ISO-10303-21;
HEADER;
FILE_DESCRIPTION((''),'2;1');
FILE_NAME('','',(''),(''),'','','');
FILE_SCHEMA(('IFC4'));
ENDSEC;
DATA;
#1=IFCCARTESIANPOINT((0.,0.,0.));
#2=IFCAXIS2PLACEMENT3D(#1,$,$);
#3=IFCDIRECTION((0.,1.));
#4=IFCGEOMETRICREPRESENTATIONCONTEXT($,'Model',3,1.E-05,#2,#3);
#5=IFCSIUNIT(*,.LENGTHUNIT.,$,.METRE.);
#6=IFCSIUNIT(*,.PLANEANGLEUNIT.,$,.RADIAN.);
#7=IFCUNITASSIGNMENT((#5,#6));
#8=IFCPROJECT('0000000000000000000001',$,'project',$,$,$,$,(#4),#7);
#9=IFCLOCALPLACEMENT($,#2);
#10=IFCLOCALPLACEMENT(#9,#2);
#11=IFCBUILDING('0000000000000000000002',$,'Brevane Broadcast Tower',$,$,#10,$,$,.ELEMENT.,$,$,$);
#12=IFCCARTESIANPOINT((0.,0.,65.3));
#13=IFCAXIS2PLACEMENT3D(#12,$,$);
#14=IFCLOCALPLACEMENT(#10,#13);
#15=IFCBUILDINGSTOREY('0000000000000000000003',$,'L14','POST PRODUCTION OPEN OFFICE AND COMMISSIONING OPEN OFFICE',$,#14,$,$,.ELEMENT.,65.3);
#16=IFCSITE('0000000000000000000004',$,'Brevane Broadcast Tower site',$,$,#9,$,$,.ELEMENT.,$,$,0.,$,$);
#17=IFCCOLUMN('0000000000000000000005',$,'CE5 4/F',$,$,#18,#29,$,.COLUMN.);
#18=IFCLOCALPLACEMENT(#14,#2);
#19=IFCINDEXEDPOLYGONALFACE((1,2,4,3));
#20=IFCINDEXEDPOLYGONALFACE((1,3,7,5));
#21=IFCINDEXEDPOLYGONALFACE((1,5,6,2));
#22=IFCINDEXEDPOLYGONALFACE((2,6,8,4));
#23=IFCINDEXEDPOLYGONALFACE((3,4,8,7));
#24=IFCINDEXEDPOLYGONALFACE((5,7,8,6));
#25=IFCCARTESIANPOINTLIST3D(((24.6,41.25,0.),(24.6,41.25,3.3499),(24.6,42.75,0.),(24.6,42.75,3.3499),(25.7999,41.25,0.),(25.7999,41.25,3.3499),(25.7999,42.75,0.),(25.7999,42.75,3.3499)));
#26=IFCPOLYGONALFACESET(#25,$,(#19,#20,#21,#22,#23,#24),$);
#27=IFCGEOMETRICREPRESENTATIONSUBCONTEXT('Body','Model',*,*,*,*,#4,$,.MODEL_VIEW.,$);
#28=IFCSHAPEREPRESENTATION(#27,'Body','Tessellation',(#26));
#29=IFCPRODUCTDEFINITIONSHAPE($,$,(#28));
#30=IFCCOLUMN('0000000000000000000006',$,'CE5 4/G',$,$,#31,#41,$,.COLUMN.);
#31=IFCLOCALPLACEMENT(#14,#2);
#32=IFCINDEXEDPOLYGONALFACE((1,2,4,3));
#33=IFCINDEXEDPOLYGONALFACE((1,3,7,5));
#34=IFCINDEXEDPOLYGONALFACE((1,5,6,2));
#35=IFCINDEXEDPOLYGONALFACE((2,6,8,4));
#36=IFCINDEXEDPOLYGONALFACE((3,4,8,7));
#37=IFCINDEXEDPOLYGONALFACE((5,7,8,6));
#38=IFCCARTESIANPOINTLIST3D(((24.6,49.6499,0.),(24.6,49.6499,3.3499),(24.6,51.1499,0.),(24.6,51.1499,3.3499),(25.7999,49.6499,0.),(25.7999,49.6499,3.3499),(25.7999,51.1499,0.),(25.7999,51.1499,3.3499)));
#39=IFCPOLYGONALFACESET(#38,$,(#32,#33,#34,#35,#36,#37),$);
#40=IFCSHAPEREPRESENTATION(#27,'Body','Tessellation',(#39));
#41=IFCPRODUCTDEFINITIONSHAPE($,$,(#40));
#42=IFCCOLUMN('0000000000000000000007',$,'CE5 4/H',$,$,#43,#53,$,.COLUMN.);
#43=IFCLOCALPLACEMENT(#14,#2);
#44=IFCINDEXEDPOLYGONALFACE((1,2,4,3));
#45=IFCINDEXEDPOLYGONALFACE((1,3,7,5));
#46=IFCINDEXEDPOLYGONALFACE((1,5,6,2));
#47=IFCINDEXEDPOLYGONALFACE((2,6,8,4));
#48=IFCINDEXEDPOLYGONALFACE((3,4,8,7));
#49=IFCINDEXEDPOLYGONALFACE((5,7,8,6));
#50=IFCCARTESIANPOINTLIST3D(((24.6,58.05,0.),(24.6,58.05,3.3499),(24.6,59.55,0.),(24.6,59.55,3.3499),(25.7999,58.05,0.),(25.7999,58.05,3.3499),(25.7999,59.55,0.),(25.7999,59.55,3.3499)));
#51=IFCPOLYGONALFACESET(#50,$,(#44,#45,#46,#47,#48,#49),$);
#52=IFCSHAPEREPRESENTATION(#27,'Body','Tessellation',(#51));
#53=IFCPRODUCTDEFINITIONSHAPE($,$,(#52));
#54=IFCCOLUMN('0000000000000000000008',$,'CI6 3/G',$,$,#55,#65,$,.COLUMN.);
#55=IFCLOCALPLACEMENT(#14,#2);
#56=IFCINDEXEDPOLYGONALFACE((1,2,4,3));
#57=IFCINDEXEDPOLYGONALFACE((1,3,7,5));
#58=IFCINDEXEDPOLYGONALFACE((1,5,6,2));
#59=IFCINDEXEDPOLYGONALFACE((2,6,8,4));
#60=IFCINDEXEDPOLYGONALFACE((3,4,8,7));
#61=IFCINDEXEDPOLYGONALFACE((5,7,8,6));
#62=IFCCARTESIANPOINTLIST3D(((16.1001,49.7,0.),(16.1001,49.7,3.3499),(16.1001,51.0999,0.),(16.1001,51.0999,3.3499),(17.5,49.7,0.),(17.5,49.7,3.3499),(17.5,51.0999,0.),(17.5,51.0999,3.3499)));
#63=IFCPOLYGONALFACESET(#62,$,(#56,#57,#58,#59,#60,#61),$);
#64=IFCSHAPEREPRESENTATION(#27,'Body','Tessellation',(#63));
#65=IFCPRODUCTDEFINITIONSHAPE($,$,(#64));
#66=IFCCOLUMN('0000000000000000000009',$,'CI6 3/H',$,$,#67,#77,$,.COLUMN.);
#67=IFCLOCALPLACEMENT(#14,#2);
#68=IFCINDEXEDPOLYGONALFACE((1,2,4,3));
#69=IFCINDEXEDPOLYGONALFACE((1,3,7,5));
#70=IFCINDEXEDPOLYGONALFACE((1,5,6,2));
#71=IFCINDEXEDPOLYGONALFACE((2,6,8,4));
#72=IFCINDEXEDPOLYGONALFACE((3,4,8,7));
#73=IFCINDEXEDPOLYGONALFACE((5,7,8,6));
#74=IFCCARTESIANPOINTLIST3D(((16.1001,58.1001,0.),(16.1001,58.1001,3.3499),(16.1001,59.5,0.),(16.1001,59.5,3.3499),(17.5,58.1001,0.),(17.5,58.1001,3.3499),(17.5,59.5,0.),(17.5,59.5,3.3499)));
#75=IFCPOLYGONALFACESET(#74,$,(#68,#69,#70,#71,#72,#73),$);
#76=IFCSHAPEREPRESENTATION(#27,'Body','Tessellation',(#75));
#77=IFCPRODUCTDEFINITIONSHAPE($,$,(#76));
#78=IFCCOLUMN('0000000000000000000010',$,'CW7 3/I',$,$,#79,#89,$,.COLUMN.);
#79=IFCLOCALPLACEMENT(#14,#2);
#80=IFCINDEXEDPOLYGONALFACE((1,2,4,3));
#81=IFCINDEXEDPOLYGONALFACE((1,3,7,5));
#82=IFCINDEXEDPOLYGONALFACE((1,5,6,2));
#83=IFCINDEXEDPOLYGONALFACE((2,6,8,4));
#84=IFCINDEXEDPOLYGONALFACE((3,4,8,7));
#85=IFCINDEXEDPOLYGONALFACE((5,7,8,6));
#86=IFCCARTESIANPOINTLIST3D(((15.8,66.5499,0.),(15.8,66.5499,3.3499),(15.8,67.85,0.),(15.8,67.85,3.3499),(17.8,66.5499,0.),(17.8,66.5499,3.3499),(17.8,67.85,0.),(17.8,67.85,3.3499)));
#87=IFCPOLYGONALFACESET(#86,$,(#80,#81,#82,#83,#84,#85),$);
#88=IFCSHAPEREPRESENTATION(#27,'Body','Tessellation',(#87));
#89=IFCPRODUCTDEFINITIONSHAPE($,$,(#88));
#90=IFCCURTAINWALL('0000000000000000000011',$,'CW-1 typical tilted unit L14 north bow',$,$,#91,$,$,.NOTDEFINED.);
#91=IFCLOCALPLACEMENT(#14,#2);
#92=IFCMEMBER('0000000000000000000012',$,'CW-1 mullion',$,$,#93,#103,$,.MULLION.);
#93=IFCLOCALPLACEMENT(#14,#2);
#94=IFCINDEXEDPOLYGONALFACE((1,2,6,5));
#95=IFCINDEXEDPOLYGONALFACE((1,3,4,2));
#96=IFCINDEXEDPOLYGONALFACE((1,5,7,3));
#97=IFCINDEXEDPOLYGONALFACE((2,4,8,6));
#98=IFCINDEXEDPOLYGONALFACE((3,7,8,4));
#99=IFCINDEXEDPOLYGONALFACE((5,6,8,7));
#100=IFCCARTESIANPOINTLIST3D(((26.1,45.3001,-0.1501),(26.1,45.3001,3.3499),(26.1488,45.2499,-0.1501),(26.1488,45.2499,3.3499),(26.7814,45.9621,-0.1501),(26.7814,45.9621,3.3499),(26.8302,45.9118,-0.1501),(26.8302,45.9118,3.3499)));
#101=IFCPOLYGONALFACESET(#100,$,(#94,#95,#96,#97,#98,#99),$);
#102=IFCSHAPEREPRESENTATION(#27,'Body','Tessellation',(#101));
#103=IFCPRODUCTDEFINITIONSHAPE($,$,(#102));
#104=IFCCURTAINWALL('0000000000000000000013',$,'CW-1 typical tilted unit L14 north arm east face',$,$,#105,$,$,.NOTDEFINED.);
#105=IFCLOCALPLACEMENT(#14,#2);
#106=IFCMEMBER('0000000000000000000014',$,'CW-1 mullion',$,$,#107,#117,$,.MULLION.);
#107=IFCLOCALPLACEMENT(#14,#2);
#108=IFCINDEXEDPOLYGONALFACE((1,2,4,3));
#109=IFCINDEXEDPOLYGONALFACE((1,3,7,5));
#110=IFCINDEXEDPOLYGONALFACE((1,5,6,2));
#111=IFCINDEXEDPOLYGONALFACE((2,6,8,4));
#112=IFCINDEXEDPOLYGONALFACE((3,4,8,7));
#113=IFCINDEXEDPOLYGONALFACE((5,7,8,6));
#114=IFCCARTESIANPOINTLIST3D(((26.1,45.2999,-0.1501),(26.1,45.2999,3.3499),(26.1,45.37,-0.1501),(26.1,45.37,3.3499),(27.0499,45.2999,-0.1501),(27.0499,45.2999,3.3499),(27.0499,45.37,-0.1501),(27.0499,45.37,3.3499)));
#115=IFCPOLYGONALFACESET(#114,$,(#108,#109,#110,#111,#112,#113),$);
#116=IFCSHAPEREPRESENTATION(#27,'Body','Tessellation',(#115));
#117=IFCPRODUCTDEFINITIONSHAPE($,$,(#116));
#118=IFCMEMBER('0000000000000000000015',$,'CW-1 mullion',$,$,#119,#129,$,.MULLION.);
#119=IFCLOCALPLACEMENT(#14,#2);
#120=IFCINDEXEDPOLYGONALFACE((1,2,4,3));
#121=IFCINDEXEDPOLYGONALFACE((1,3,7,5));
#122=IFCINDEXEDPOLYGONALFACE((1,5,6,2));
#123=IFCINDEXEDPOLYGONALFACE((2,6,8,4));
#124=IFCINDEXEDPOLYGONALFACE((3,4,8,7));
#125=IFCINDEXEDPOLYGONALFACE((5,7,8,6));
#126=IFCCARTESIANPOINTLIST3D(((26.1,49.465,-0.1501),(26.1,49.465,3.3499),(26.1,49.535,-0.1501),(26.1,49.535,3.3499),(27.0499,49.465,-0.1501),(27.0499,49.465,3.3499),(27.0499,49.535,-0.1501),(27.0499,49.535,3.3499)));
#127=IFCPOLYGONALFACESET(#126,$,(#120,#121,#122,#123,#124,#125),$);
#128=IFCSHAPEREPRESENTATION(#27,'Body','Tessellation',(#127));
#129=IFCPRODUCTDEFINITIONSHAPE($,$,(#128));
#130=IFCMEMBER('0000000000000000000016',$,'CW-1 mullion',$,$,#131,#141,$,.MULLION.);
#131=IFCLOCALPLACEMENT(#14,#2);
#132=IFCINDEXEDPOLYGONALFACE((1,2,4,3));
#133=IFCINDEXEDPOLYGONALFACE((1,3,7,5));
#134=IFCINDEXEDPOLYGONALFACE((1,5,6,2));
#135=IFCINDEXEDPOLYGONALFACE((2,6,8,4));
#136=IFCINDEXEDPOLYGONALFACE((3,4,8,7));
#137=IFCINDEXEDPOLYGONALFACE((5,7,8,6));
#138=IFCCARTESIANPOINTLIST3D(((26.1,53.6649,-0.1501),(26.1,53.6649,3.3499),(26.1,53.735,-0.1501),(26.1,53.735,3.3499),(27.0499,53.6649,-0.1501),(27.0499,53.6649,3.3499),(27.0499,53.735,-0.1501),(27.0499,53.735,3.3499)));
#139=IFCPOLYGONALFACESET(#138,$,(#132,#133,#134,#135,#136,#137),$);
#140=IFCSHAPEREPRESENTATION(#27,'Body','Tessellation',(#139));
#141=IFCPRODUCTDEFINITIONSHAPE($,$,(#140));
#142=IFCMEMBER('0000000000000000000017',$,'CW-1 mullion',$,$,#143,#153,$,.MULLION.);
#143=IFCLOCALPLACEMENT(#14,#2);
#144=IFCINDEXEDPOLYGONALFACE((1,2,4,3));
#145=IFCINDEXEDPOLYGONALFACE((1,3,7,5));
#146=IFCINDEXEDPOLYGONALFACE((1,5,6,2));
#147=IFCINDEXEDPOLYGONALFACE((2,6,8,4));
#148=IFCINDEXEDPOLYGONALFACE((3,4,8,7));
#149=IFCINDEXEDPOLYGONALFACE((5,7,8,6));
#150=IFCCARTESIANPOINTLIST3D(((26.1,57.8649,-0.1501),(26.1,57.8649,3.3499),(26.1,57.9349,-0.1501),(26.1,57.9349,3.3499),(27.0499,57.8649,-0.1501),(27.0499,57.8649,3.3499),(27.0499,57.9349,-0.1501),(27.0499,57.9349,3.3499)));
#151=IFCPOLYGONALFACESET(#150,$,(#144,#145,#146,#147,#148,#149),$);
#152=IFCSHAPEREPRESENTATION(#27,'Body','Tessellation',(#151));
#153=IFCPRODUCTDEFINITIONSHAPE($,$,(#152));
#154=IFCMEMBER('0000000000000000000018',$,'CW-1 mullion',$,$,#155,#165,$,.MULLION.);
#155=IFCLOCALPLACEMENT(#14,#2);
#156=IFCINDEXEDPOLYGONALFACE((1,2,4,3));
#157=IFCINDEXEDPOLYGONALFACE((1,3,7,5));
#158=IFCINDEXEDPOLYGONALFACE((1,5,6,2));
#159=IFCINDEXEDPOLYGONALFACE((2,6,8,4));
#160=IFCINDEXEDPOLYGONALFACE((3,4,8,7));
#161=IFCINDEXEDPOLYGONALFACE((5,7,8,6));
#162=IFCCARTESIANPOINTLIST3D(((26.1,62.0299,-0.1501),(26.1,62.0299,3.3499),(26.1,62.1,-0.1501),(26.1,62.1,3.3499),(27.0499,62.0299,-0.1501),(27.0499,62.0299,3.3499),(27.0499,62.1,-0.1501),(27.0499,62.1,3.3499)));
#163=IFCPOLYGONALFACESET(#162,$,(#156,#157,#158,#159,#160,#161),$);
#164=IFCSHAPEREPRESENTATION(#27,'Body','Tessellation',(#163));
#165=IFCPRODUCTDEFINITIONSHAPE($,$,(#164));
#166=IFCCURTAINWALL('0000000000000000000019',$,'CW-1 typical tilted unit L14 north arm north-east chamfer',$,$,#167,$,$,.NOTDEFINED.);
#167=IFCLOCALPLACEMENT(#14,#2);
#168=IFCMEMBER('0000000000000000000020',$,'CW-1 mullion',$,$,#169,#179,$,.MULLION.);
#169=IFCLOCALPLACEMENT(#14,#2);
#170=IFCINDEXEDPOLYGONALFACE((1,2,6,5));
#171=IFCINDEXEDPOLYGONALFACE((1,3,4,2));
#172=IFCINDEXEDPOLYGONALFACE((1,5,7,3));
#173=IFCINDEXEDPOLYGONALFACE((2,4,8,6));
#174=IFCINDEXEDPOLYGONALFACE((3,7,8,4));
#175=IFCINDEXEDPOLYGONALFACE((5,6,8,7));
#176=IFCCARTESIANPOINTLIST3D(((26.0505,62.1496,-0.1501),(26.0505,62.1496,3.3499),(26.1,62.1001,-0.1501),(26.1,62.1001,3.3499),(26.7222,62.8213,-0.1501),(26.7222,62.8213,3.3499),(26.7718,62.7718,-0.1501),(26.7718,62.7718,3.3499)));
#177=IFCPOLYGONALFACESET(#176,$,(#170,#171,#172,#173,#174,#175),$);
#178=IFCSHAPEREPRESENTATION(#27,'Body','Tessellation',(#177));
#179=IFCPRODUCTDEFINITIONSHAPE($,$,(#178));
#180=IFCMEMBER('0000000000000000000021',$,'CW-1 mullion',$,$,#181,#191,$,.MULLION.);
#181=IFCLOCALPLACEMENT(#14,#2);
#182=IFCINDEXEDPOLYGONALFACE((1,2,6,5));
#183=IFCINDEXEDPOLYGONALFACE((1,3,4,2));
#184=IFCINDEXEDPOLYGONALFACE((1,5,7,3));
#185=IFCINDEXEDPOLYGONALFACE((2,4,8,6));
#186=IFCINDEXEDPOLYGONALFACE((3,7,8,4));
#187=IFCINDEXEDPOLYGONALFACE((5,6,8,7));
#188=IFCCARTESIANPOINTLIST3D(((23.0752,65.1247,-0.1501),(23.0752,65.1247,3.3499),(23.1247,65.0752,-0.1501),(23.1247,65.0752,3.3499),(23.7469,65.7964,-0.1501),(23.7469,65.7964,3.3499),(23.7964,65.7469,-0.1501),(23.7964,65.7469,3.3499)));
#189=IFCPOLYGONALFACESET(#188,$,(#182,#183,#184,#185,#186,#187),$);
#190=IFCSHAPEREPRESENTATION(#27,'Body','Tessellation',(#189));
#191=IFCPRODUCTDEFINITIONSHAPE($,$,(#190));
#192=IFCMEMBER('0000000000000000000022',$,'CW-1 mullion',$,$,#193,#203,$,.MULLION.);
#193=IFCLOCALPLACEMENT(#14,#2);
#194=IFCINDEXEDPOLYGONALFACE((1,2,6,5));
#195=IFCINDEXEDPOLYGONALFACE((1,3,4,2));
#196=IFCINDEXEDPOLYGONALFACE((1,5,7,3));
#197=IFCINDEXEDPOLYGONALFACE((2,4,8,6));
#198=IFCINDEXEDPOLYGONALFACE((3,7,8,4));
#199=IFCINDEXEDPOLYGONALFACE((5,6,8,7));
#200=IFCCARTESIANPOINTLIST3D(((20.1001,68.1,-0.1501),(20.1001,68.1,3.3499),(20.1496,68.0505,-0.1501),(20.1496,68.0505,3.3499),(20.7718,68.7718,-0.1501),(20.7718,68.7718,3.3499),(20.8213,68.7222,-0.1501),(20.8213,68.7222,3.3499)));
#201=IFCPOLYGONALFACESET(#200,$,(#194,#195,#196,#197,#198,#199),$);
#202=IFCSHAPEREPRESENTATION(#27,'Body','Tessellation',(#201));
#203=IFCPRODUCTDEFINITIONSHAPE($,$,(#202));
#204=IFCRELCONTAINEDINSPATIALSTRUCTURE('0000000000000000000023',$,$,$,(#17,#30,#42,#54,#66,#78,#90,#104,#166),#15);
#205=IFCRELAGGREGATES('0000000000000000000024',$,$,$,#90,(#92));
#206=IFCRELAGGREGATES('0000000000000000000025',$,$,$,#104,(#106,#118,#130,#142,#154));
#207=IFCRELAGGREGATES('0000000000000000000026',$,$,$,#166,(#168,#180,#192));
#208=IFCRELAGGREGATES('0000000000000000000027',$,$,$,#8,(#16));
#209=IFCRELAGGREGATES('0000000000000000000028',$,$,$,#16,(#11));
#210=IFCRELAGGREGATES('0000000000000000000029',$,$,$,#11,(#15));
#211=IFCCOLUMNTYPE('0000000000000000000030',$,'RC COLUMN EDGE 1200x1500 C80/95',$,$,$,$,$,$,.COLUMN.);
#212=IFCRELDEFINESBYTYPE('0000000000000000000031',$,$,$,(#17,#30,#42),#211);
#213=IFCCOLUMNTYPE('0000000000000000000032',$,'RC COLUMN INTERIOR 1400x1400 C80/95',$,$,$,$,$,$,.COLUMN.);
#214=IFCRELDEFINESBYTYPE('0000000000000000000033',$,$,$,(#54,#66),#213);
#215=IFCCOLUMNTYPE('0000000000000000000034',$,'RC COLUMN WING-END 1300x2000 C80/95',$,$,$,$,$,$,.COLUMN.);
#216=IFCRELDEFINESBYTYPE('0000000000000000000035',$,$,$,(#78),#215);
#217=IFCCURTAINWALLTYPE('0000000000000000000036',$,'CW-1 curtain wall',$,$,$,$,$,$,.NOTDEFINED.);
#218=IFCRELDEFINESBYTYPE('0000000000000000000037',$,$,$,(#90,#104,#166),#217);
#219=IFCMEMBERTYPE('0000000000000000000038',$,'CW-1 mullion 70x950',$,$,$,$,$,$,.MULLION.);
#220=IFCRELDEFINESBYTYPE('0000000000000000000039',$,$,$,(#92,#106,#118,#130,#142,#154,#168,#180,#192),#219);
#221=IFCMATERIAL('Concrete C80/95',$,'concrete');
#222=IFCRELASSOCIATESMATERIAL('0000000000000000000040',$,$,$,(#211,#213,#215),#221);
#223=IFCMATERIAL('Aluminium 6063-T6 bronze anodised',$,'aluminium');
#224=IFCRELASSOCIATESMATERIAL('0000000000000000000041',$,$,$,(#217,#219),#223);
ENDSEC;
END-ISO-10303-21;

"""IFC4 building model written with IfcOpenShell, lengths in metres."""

from ifc_helpers import new_model, si_unit, direction, frame, origin, origin_2d, place, context, subcontext, project, spatial, rectangle, extrude, material, material_profile, profile_set, type_object, element, aggregate, save


model = new_model("IFC4")

# Units and contexts
model_context = context("Model", 3, precision=1e-05, world=origin(), true_north=direction((0.0, 1.0)))
body_context = subcontext(model_context, "Body", "Model", "MODEL_VIEW")
ifc_project = project(units=[si_unit("LENGTHUNIT", "METRE"), si_unit("PLANEANGLEUNIT", "RADIAN")], contexts=[model_context])

# Site, building, storey
site_placement = place(None, origin())
site = spatial("IfcSite", under=ifc_project, at=site_placement, Name="Brevane Broadcast Tower site", CompositionType="ELEMENT", RefElevation=0.0)
building_placement = place(site_placement, origin())
building = spatial("IfcBuilding", under=site, at=building_placement, Name="Brevane Broadcast Tower", CompositionType="ELEMENT")
storey_placement = place(building_placement, frame((0.0, 0.0, 65.3)))
storey = spatial("IfcBuildingStorey", under=building, at=storey_placement, Name="L14", Description="POST PRODUCTION OPEN OFFICE AND COMMISSIONING OPEN OFFICE", CompositionType="ELEMENT", Elevation=65.3)

# Columns
ifc_material_1 = material(Name="Concrete C80/95", Category="concrete")
ifc_material_profile_1 = material_profile(ifc_material_1, rectangle(XDim=1.2, YDim=1.5, at=origin_2d()), Name="RC 1200x1500")
ifc_profile_set_1 = profile_set([ifc_material_profile_1], Name="Concrete C80/95")
column_type_1 = type_object("IfcColumnType", Name="RC COLUMN EDGE 1200x1500 C80/95", PredefinedType="COLUMN", material=ifc_profile_set_1)
for number, where, z_axis, x_axis, name in (
    (1, (25.2, 42.0, 0.0), (0.0, 0.0, 1.0), (1.0, 0.0, 0.0), "CE5 4/F"),
    (2, (25.2, 50.3999, 0.0), (0.0, 0.0, 1.0), (1.0, 0.0, 0.0), "CE5 4/G"),
    (3, (25.2, 58.8, 0.0), (0.0, 0.0, 1.0), (1.0, 0.0, 0.0), "CE5 4/H"),
):
    element("IfcColumn", number, at=place(storey_placement, frame(where, z_axis=z_axis, x_axis=x_axis)), inside=storey, type_object=column_type_1, Name=name, PredefinedType="COLUMN", context=body_context, shape_type="SweptSolid", body=[
        extrude(rectangle(XDim=1.2, YDim=1.5, at=origin_2d()), origin(), (0.0, 0.0, 1.0), 3.3499),
    ])
ifc_material_profile_2 = material_profile(ifc_material_1, rectangle(XDim=1.3999, YDim=1.3999, at=origin_2d()), Name="RC 1400x1400")
ifc_profile_set_2 = profile_set([ifc_material_profile_2], Name="Concrete C80/95")
column_type_2 = type_object("IfcColumnType", Name="RC COLUMN INTERIOR 1400x1400 C80/95", PredefinedType="COLUMN", material=ifc_profile_set_2)
for number, where, z_axis, x_axis, name in (
    (4, (16.8, 50.3999, 0.0), (0.0, 0.0, 1.0), (1.0, 0.0, 0.0), "CI6 3/G"),
    (5, (16.8, 58.8, 0.0), (0.0, 0.0, 1.0), (1.0, 0.0, 0.0), "CI6 3/H"),
):
    element("IfcColumn", number, at=place(storey_placement, frame(where, z_axis=z_axis, x_axis=x_axis)), inside=storey, type_object=column_type_2, Name=name, PredefinedType="COLUMN", context=body_context, shape_type="SweptSolid", body=[
        extrude(rectangle(XDim=1.3999, YDim=1.3999, at=origin_2d()), origin(), (0.0, 0.0, 1.0), 3.3499),
    ])
ifc_material_profile_3 = material_profile(ifc_material_1, rectangle(XDim=1.3, YDim=2.0, at=origin_2d()), Name="RC 1300x2000")
ifc_profile_set_3 = profile_set([ifc_material_profile_3], Name="Concrete C80/95")
column_type_3 = type_object("IfcColumnType", Name="RC COLUMN WING-END 1300x2000 C80/95", PredefinedType="COLUMN", material=ifc_profile_set_3)
column_placement = place(storey_placement, frame((16.8, 67.2, 0.0), z_axis=(0.0, 0.0, 1.0), x_axis=(0.0, 1.0, 0.0)))
element("IfcColumn", 6, at=column_placement, inside=storey, type_object=column_type_3, Name="CW7 3/I", PredefinedType="COLUMN", context=body_context, shape_type="SweptSolid", body=[
    extrude(rectangle(XDim=1.3, YDim=2.0, at=origin_2d()), origin(), (0.0, 0.0, 1.0), 3.3499),
])

# Curtain wall, member
ifc_material_2 = material(Name="Aluminium 6063-T6 bronze anodised", Category="aluminium")
curtain_wall_type = type_object("IfcCurtainWallType", Name="CW-1 curtain wall", PredefinedType="NOTDEFINED", material=ifc_material_2)
curtain_wall_1_placement = place(storey_placement, origin())
curtain_wall_1 = element("IfcCurtainWall", 7, at=curtain_wall_1_placement, inside=storey, type_object=curtain_wall_type, Name="CW-1 typical tilted unit L14 north bow", PredefinedType="NOTDEFINED")
ifc_material_profile_4 = material_profile(ifc_material_2, rectangle(XDim=0.95, YDim=0.0701, at=origin_2d()), Name="RECT 70x950")
ifc_profile_set_4 = profile_set([ifc_material_profile_4], Name="Aluminium 6063-T6 bronze anodised")
member_type_1 = type_object("IfcMemberType", Name="CW-1 mullion 70x950", PredefinedType="MULLION", material=ifc_profile_set_4)
member_1_placement = place(storey_placement, frame((26.4651, 45.606, -0.1501), z_axis=(0.0, 0.0, 1.0), x_axis=(-0.717254, -0.696812, 0.0)))
member_1 = element("IfcMember", 8, at=member_1_placement, type_object=member_type_1, Name="CW-1 mullion", PredefinedType="MULLION", context=body_context, shape_type="SweptSolid", body=[
    extrude(rectangle(XDim=0.95, YDim=0.0701, at=origin_2d()), origin(), (0.0, 0.0, 1.0), 3.5),
])
aggregate(curtain_wall_1, [member_1])

# Curtain walls, members
curtain_wall_2_placement = place(storey_placement, origin())
curtain_wall_2 = element("IfcCurtainWall", 9, at=curtain_wall_2_placement, inside=storey, type_object=curtain_wall_type, Name="CW-1 typical tilted unit L14 north arm east face", PredefinedType="NOTDEFINED")
member_2_placement = place(storey_placement, frame((26.575, 45.335, -0.1501), z_axis=(0.0, 0.0, 1.0), x_axis=(-1.0, 0.0, 0.0)))
member_2 = element("IfcMember", 10, at=member_2_placement, type_object=member_type_1, Name="CW-1 mullion", PredefinedType="MULLION", context=body_context, shape_type="SweptSolid", body=[
    extrude(rectangle(XDim=0.95, YDim=0.0701, at=origin_2d()), origin(), (0.0, 0.0, 1.0), 3.5),
])
member_3_placement = place(storey_placement, frame((26.575, 49.5, -0.1501), z_axis=(0.0, 0.0, 1.0), x_axis=(-1.0, 0.0, 0.0)))
member_3 = element("IfcMember", 11, at=member_3_placement, type_object=member_type_1, Name="CW-1 mullion", PredefinedType="MULLION", context=body_context, shape_type="SweptSolid", body=[
    extrude(rectangle(XDim=0.95, YDim=0.0701, at=origin_2d()), origin(), (0.0, 0.0, 1.0), 3.5),
])
member_4_placement = place(storey_placement, frame((26.575, 53.7, -0.1501), z_axis=(0.0, 0.0, 1.0), x_axis=(-1.0, 0.0, 0.0)))
member_4 = element("IfcMember", 12, at=member_4_placement, type_object=member_type_1, Name="CW-1 mullion", PredefinedType="MULLION", context=body_context, shape_type="SweptSolid", body=[
    extrude(rectangle(XDim=0.95, YDim=0.0701, at=origin_2d()), origin(), (0.0, 0.0, 1.0), 3.5),
])
member_5_placement = place(storey_placement, frame((26.575, 57.8999, -0.1501), z_axis=(0.0, 0.0, 1.0), x_axis=(-1.0, 0.0, 0.0)))
member_5 = element("IfcMember", 13, at=member_5_placement, type_object=member_type_1, Name="CW-1 mullion", PredefinedType="MULLION", context=body_context, shape_type="SweptSolid", body=[
    extrude(rectangle(XDim=0.95, YDim=0.0701, at=origin_2d()), origin(), (0.0, 0.0, 1.0), 3.5),
])
member_6_placement = place(storey_placement, frame((26.575, 62.0649, -0.1501), z_axis=(0.0, 0.0, 1.0), x_axis=(-1.0, 0.0, 0.0)))
member_6 = element("IfcMember", 14, at=member_6_placement, type_object=member_type_1, Name="CW-1 mullion", PredefinedType="MULLION", context=body_context, shape_type="SweptSolid", body=[
    extrude(rectangle(XDim=0.95, YDim=0.0701, at=origin_2d()), origin(), (0.0, 0.0, 1.0), 3.5),
])
curtain_wall_3_placement = place(storey_placement, origin())
curtain_wall_3 = element("IfcCurtainWall", 15, at=curtain_wall_3_placement, inside=storey, type_object=curtain_wall_type, Name="CW-1 typical tilted unit L14 north arm north-east chamfer", PredefinedType="NOTDEFINED")
member_7_placement = place(storey_placement, frame((26.4111, 62.4607, -0.1501), z_axis=(0.0, 0.0, 1.0), x_axis=(-0.707107, -0.707107, 0.0)))
member_7 = element("IfcMember", 16, at=member_7_placement, type_object=member_type_1, Name="CW-1 mullion", PredefinedType="MULLION", context=body_context, shape_type="SweptSolid", body=[
    extrude(rectangle(XDim=0.95, YDim=0.0701, at=origin_2d()), origin(), (0.0, 0.0, 1.0), 3.5),
])
member_8_placement = place(storey_placement, frame((23.4358, 65.4358, -0.1501), z_axis=(0.0, 0.0, 1.0), x_axis=(-0.707107, -0.707107, 0.0)))
member_8 = element("IfcMember", 17, at=member_8_placement, type_object=member_type_1, Name="CW-1 mullion", PredefinedType="MULLION", context=body_context, shape_type="SweptSolid", body=[
    extrude(rectangle(XDim=0.95, YDim=0.0701, at=origin_2d()), origin(), (0.0, 0.0, 1.0), 3.5),
])
member_9_placement = place(storey_placement, frame((20.4607, 68.4111, -0.1501), z_axis=(0.0, 0.0, 1.0), x_axis=(-0.707107, -0.707107, 0.0)))
member_9 = element("IfcMember", 18, at=member_9_placement, type_object=member_type_1, Name="CW-1 mullion", PredefinedType="MULLION", context=body_context, shape_type="SweptSolid", body=[
    extrude(rectangle(XDim=0.95, YDim=0.0701, at=origin_2d()), origin(), (0.0, 0.0, 1.0), 3.5),
])

aggregate(curtain_wall_2, [member_2, member_3, member_4, member_5, member_6])
aggregate(curtain_wall_3, [member_7, member_8, member_9])

save(model, "model.ifc")
